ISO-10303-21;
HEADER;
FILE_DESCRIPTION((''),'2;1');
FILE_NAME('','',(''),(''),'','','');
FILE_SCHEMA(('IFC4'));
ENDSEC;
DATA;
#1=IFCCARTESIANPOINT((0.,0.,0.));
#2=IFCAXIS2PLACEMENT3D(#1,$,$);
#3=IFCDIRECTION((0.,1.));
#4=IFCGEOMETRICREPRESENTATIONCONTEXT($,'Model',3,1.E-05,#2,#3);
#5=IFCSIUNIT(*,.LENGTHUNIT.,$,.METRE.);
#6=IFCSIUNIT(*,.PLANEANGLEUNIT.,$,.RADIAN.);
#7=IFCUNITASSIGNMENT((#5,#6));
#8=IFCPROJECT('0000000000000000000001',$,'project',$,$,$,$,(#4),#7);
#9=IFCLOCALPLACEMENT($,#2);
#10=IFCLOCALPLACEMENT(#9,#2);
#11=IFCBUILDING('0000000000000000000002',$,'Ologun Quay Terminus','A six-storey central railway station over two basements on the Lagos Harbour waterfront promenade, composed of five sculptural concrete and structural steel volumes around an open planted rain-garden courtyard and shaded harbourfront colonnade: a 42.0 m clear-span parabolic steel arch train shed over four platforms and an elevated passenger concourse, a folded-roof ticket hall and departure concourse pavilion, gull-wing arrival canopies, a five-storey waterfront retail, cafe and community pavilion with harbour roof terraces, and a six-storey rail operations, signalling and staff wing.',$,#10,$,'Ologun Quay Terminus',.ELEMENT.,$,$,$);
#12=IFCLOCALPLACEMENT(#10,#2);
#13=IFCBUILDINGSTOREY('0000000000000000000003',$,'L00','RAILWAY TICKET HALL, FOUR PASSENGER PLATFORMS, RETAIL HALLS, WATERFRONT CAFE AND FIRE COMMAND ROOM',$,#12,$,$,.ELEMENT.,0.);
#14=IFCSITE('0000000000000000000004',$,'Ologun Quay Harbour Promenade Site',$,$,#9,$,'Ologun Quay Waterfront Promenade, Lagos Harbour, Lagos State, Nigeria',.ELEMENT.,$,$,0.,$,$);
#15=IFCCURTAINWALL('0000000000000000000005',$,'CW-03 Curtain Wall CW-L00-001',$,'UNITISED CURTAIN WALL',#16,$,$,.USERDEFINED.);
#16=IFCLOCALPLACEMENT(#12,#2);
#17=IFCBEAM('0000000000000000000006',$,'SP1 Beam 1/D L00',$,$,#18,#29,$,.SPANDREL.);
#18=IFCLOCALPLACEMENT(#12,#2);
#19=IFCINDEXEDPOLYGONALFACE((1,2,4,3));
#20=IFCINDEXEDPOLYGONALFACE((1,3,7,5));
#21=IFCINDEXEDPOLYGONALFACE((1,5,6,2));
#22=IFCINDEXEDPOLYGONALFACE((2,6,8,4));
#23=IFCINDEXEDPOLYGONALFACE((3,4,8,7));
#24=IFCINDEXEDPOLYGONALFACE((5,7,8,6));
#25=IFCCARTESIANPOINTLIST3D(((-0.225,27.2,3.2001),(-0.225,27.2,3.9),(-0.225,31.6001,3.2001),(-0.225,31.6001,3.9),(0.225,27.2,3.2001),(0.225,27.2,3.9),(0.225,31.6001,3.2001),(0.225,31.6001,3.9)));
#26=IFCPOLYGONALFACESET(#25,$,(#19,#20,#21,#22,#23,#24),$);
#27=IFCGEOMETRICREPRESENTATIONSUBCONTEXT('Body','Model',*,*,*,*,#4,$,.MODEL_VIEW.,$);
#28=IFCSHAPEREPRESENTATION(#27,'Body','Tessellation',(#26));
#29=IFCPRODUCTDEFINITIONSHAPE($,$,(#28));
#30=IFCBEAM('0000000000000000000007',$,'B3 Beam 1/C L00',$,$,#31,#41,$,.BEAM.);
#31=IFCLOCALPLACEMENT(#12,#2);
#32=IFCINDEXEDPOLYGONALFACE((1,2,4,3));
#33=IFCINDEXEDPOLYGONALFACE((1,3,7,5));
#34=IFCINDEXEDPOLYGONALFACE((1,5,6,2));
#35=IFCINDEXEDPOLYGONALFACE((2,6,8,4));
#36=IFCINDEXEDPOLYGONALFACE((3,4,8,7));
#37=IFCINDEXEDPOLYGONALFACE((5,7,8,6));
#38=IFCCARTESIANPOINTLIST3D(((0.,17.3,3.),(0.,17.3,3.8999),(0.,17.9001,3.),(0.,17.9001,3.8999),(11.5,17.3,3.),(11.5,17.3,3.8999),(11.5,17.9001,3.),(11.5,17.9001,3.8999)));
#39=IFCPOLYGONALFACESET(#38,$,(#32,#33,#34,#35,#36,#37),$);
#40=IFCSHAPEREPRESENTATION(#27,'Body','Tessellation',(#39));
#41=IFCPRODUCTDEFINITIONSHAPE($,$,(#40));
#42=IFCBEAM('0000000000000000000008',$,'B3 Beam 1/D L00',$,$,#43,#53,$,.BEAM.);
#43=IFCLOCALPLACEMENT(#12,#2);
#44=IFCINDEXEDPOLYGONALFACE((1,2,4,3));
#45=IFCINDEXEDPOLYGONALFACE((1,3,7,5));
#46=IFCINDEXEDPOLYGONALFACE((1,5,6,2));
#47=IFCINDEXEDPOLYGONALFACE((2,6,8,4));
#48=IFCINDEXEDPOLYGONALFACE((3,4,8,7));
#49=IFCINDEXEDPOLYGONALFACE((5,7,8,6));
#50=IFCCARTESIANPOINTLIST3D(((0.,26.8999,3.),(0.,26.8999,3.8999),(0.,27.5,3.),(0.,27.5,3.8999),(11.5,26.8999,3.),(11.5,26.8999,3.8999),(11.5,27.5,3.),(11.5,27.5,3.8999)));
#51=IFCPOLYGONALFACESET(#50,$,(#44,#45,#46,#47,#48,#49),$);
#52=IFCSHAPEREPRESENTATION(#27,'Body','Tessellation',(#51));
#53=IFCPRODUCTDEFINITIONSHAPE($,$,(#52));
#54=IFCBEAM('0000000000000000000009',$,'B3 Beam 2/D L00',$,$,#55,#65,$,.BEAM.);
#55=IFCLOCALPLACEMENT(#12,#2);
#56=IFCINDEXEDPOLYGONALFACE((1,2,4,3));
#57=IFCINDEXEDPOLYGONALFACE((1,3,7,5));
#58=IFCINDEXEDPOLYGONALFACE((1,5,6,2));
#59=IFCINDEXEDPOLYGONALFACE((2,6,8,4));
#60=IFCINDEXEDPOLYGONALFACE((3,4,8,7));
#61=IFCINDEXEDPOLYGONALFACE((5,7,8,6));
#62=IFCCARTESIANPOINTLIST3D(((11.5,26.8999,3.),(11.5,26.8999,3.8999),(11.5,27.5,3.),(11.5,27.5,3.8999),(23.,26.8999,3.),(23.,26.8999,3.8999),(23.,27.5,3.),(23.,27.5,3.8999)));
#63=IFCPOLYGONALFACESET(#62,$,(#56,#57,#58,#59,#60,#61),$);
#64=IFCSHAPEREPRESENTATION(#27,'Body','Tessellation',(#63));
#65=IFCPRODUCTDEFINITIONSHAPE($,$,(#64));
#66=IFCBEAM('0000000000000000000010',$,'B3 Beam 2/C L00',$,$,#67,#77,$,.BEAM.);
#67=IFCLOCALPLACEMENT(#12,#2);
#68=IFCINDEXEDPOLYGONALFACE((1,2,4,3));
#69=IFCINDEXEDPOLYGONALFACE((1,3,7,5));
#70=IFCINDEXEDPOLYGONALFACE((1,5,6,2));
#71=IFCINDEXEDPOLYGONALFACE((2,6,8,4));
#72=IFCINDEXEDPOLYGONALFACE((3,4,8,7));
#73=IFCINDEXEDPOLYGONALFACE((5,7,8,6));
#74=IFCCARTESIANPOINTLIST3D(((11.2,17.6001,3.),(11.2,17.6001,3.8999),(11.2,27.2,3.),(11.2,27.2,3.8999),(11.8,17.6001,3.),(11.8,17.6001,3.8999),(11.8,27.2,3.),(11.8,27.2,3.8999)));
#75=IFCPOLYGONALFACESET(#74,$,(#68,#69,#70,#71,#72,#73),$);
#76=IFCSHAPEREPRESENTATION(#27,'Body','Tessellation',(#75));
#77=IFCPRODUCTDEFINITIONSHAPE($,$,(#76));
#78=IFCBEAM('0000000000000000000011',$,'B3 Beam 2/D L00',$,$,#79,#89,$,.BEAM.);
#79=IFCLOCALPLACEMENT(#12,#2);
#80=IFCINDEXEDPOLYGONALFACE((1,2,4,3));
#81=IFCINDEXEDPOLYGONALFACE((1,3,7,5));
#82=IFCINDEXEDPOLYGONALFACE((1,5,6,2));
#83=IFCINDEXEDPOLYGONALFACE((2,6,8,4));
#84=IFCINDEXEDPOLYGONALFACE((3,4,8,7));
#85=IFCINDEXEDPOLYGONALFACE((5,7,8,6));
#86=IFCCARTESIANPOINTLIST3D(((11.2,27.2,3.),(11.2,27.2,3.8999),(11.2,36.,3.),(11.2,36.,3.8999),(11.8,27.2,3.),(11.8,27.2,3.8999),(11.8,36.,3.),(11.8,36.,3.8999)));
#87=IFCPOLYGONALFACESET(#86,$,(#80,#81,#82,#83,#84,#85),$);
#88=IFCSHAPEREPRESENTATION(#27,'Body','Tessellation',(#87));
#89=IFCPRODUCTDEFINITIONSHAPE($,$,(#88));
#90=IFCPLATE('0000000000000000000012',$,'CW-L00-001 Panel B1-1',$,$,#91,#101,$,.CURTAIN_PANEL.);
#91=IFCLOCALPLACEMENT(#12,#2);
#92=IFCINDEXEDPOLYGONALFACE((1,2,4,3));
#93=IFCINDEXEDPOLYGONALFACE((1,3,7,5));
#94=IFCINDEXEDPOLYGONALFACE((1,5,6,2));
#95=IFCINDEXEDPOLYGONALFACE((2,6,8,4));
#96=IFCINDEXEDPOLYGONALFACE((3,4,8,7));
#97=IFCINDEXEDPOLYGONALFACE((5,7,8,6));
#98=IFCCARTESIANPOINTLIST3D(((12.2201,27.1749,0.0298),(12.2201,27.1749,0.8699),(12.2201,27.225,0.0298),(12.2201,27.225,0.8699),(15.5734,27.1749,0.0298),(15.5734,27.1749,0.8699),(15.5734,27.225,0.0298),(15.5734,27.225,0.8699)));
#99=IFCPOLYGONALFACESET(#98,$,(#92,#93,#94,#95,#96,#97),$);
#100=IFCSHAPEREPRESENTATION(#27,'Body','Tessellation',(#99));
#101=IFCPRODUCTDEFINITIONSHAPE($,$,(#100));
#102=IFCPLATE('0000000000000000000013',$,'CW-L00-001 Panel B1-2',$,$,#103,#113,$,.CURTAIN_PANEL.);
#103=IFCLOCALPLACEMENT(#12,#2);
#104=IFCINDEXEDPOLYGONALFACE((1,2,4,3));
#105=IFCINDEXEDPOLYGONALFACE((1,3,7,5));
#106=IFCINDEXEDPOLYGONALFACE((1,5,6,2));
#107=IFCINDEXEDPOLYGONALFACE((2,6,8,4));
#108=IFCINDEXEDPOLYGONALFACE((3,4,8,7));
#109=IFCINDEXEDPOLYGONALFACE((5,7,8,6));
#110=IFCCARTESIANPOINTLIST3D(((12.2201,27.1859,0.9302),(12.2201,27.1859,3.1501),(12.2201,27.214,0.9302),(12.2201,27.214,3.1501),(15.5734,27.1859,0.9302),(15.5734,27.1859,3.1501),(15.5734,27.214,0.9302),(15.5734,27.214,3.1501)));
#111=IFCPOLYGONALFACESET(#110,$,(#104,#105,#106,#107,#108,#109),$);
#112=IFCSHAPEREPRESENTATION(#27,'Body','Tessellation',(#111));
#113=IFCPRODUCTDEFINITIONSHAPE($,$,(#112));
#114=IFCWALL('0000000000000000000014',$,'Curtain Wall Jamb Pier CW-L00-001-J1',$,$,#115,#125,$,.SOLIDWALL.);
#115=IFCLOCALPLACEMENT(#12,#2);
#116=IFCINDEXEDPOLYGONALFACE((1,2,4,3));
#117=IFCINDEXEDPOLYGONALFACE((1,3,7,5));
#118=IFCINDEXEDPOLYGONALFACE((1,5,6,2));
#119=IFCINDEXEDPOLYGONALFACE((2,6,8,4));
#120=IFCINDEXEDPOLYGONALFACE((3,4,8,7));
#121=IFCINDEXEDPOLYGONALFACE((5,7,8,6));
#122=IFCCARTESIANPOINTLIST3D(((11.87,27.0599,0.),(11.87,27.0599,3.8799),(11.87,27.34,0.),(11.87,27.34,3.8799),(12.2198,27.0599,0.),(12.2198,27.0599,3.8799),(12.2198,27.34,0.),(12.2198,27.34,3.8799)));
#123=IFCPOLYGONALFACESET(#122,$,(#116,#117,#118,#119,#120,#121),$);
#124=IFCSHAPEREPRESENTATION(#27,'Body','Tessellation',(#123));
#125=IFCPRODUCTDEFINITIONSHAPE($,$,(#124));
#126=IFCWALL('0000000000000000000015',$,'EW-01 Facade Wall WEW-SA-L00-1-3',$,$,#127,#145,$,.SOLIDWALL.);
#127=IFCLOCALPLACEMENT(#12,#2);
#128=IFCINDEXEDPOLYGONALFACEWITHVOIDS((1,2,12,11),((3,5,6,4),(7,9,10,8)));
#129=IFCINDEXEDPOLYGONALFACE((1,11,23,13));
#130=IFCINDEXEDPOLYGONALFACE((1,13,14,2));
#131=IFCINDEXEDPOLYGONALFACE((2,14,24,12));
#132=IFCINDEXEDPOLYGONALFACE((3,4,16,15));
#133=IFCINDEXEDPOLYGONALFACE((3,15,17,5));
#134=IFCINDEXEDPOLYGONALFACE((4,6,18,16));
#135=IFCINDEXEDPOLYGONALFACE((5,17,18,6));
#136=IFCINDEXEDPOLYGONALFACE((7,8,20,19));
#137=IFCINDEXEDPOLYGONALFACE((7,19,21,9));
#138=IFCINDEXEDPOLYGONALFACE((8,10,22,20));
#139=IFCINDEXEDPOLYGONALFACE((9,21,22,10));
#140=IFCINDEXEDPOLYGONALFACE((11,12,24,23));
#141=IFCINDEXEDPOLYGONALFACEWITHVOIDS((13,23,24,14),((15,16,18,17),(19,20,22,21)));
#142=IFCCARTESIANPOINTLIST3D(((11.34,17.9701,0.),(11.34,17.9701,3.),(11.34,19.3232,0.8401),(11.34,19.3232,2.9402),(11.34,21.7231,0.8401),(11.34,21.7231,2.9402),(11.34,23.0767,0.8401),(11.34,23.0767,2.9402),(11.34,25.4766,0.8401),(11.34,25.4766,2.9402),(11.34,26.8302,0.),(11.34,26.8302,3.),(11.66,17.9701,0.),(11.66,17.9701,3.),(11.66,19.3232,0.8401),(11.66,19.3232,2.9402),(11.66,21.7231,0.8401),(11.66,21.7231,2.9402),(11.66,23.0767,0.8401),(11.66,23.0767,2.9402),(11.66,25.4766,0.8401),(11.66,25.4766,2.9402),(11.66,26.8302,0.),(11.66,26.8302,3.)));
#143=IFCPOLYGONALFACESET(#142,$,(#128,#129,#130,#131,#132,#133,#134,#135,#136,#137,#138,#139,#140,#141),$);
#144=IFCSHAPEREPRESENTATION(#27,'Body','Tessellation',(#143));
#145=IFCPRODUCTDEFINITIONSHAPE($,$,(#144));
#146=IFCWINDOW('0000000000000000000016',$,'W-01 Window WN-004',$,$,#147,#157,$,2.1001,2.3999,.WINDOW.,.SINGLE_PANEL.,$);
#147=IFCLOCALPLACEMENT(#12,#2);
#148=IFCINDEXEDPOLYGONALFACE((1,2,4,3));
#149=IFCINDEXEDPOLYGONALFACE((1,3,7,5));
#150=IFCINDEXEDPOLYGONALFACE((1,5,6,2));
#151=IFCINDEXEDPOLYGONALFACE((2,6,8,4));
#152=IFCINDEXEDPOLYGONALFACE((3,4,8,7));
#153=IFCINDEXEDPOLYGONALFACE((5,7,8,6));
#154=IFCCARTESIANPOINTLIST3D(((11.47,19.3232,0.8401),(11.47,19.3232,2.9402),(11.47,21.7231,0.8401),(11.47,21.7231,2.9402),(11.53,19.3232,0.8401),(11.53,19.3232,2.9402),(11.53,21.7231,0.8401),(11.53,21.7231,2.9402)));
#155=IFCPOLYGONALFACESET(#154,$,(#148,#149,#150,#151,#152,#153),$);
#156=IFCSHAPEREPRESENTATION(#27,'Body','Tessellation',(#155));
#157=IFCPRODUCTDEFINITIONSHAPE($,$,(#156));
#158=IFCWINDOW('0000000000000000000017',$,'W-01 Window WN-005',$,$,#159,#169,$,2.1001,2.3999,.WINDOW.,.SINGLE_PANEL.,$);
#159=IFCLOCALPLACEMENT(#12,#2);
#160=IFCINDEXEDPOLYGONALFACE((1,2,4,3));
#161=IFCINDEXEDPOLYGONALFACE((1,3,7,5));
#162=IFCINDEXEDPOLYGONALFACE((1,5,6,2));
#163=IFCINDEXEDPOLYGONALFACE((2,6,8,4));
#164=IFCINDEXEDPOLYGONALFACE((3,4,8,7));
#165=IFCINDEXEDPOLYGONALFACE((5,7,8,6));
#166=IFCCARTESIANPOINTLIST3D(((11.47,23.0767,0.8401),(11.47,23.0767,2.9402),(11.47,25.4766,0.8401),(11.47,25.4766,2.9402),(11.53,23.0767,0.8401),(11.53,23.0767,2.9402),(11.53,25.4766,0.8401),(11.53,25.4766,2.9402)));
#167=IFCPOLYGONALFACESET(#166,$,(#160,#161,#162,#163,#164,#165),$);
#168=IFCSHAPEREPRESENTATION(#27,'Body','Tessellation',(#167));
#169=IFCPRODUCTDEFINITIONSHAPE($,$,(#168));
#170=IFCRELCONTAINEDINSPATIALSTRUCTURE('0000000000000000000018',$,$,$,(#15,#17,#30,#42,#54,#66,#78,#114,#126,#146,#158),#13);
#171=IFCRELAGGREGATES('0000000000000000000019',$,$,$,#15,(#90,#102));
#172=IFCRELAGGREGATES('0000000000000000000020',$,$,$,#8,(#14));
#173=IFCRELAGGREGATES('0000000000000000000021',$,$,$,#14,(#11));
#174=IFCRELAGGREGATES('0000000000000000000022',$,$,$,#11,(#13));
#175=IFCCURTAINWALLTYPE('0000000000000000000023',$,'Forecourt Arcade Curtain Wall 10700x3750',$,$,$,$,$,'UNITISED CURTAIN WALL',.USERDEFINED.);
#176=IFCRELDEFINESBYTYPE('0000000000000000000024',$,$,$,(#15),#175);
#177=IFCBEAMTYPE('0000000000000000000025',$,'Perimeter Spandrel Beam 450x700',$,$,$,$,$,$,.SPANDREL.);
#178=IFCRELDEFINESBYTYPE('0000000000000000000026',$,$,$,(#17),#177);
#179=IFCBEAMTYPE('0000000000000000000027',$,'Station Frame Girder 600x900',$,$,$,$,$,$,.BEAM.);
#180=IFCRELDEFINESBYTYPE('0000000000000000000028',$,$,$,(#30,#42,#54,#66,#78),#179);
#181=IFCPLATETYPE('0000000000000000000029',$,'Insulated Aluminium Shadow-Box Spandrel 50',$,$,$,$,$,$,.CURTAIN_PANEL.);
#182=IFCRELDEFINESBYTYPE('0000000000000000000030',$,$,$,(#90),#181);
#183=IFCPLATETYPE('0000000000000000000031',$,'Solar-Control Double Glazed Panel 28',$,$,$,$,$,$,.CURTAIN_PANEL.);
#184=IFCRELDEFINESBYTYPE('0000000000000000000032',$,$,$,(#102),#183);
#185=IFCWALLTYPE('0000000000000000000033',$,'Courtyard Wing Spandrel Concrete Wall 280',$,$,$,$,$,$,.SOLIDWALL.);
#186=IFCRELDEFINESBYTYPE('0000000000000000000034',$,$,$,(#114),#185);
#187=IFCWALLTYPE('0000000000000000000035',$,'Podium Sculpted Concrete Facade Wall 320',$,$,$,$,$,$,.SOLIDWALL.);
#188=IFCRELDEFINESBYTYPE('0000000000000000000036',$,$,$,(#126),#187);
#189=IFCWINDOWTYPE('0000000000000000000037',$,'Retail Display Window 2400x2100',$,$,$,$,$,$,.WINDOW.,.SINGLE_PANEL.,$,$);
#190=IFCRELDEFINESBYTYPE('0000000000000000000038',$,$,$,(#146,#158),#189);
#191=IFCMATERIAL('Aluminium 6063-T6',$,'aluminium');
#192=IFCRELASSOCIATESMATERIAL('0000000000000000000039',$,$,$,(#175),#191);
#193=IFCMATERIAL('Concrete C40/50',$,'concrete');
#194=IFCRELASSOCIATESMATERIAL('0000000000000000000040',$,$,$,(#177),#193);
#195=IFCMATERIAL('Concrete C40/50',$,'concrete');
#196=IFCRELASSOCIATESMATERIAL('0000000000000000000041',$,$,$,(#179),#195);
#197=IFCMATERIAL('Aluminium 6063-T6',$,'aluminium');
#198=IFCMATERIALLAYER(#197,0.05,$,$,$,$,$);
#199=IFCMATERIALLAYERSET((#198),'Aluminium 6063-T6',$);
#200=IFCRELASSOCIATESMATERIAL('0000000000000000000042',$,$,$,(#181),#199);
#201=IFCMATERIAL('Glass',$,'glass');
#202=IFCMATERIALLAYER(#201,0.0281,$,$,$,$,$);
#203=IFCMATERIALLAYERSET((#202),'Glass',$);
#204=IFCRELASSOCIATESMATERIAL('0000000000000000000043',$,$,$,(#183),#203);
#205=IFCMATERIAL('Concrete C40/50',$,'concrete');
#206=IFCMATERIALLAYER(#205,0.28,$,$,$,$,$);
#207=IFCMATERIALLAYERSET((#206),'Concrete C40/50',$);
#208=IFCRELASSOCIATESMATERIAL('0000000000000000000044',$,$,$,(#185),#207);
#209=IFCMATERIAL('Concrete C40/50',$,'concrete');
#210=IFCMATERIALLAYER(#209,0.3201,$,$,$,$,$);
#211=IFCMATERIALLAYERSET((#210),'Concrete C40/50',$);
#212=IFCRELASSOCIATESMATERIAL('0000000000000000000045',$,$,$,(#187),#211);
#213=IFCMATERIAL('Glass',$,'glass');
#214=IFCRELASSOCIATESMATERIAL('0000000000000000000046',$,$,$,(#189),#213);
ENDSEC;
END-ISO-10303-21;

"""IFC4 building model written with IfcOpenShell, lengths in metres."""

from ifc_helpers import new_model, si_unit, direction, frame, frame_2d, origin, origin_2d, place, context, subcontext, project, spatial, rectangle, extrude, material, layer, layer_set, material_profile, profile_set, type_object, element, fill, aggregate, save


model = new_model("IFC4")

# Units and contexts
model_context = context("Model", 3, precision=1e-05, world=origin(), true_north=direction((0.0, 1.0)))
body_context = subcontext(model_context, "Body", "Model", "MODEL_VIEW")
ifc_project = project(units=[si_unit("LENGTHUNIT", "METRE"), si_unit("PLANEANGLEUNIT", "RADIAN")], contexts=[model_context])

# Site, building, storey
site_placement = place(None, origin())
site = spatial("IfcSite", under=ifc_project, at=site_placement, Name="Ologun Quay Harbour Promenade Site", LongName="Ologun Quay Waterfront Promenade, Lagos Harbour, Lagos State, Nigeria", CompositionType="ELEMENT", RefElevation=0.0)
building_placement = place(site_placement, origin())
building = spatial("IfcBuilding", under=site, at=building_placement, Name="Ologun Quay Terminus", Description="A six-storey central railway station over two basements on the Lagos Harbour waterfront promenade, composed of five sculptural concrete and structural steel volumes around an open planted rain-garden courtyard and shaded harbourfront colonnade: a 42.0 m clear-span parabolic steel arch train shed over four platforms and an elevated passenger concourse, a folded-roof ticket hall and departure concourse pavilion, gull-wing arrival canopies, a five-storey waterfront retail, cafe and community pavilion with harbour roof terraces, and a six-storey rail operations, signalling and staff wing.", LongName="Ologun Quay Terminus", CompositionType="ELEMENT")
storey_placement = place(building_placement, origin())
storey = spatial("IfcBuildingStorey", under=building, at=storey_placement, Name="L00", Description="RAILWAY TICKET HALL, FOUR PASSENGER PLATFORMS, RETAIL HALLS, WATERFRONT CAFE AND FIRE COMMAND ROOM", CompositionType="ELEMENT", Elevation=0.0)

# Curtain wall
ifc_material_1 = material(Name="Aluminium 6063-T6", Category="aluminium")
curtain_wall_type = type_object("IfcCurtainWallType", Name="Forecourt Arcade Curtain Wall 10700x3750", ElementType="UNITISED CURTAIN WALL", PredefinedType="USERDEFINED", material=ifc_material_1)
curtain_wall_placement = place(storey_placement, origin())
curtain_wall = element("IfcCurtainWall", 1, at=curtain_wall_placement, inside=storey, type_object=curtain_wall_type, Name="CW-03 Curtain Wall CW-L00-001", ObjectType="UNITISED CURTAIN WALL", PredefinedType="USERDEFINED")

# Beams
ifc_material_2 = material(Name="Concrete C40/50", Category="concrete")
ifc_material_profile_1 = material_profile(ifc_material_2, rectangle(XDim=0.45, YDim=0.7, at=origin_2d()), Name="RC 450x700")
ifc_profile_set_1 = profile_set([ifc_material_profile_1], Name="Concrete C40/50")
beam_type_1 = type_object("IfcBeamType", Name="Perimeter Spandrel Beam 450x700", PredefinedType="SPANDREL", material=ifc_profile_set_1)
beam_1_placement = place(storey_placement, frame((0.0, 27.2, 3.55), z_axis=(0.0, 1.0, 0.0), x_axis=(-1.0, 0.0, 0.0)))
element("IfcBeam", 2, at=beam_1_placement, inside=storey, type_object=beam_type_1, Name="SP1 Beam 1/D L00", PredefinedType="SPANDREL", context=body_context, shape_type="SweptSolid", body=[
    extrude(rectangle(XDim=0.45, YDim=0.7, at=origin_2d()), origin(), (0.0, 0.0, 1.0), 4.4001),
])
ifc_material_3 = material(Name="Concrete C40/50", Category="concrete")
ifc_material_profile_2 = material_profile(ifc_material_3, rectangle(XDim=0.6001, YDim=0.8999, at=origin_2d()), Name="RC 600x900")
ifc_profile_set_2 = profile_set([ifc_material_profile_2], Name="Concrete C40/50")
beam_type_2 = type_object("IfcBeamType", Name="Station Frame Girder 600x900", PredefinedType="BEAM", material=ifc_profile_set_2)
for number, where, z_axis, x_axis, name in (
    (3, (0.0, 17.6001, 3.45), (1.0, 0.0, 0.0), (0.0, 1.0, 0.0), "B3 Beam 1/C L00"),
    (4, (0.0, 27.2, 3.45), (1.0, 0.0, 0.0), (0.0, 1.0, 0.0), "B3 Beam 1/D L00"),
    (5, (11.5, 27.2, 3.45), (1.0, 0.0, 0.0), (0.0, 1.0, 0.0), "B3 Beam 2/D L00"),
):
    element("IfcBeam", number, at=place(storey_placement, frame(where, z_axis=z_axis, x_axis=x_axis)), inside=storey, type_object=beam_type_2, Name=name, PredefinedType="BEAM", context=body_context, shape_type="SweptSolid", body=[
        extrude(rectangle(XDim=0.6001, YDim=0.8999, at=origin_2d()), origin(), (0.0, 0.0, 1.0), 11.5),
    ])
beam_2_placement = place(storey_placement, frame((11.5, 17.6001, 3.45), z_axis=(0.0, 1.0, 0.0), x_axis=(-1.0, 0.0, 0.0)))
element("IfcBeam", 6, at=beam_2_placement, inside=storey, type_object=beam_type_2, Name="B3 Beam 2/C L00", PredefinedType="BEAM", context=body_context, shape_type="SweptSolid", body=[
    extrude(rectangle(XDim=0.6001, YDim=0.8999, at=origin_2d()), origin(), (0.0, 0.0, 1.0), 9.5999),
])
beam_3_placement = place(storey_placement, frame((11.5, 27.2, 3.45), z_axis=(0.0, 1.0, 0.0), x_axis=(-1.0, 0.0, 0.0)))
element("IfcBeam", 7, at=beam_3_placement, inside=storey, type_object=beam_type_2, Name="B3 Beam 2/D L00", PredefinedType="BEAM", context=body_context, shape_type="SweptSolid", body=[
    extrude(rectangle(XDim=0.6001, YDim=0.8999, at=origin_2d()), origin(), (0.0, 0.0, 1.0), 8.8),
])

# Plates
ifc_material_4 = material(Name="Aluminium 6063-T6", Category="aluminium")
ifc_layer_1 = layer(ifc_material_4, 0.05)
ifc_layer_set_1 = layer_set([ifc_layer_1], Name="Aluminium 6063-T6")
plate_type_1 = type_object("IfcPlateType", Name="Insulated Aluminium Shadow-Box Spandrel 50", PredefinedType="CURTAIN_PANEL", material=ifc_layer_set_1)
plate_1_placement = place(storey_placement, frame((13.8967, 27.2, 0.0298), z_axis=(0.0, 0.0, 1.0), x_axis=(1.0, 0.0, 0.0)))
plate_1 = element("IfcPlate", 8, at=plate_1_placement, type_object=plate_type_1, Name="CW-L00-001 Panel B1-1", PredefinedType="CURTAIN_PANEL", context=body_context, shape_type="SweptSolid", body=[
    extrude(rectangle(XDim=3.3533, YDim=0.05, at=origin_2d()), origin(), (0.0, 0.0, 1.0), 0.8401),
])
ifc_material_5 = material(Name="Glass", Category="glass")
ifc_layer_2 = layer(ifc_material_5, 0.0281)
ifc_layer_set_2 = layer_set([ifc_layer_2], Name="Glass")
plate_type_2 = type_object("IfcPlateType", Name="Solar-Control Double Glazed Panel 28", PredefinedType="CURTAIN_PANEL", material=ifc_layer_set_2)
plate_2_placement = place(storey_placement, frame((13.8967, 27.2, 0.9302), z_axis=(0.0, 0.0, 1.0), x_axis=(1.0, 0.0, 0.0)))
plate_2 = element("IfcPlate", 9, at=plate_2_placement, type_object=plate_type_2, Name="CW-L00-001 Panel B1-2", PredefinedType="CURTAIN_PANEL", context=body_context, shape_type="SweptSolid", body=[
    extrude(rectangle(XDim=3.3533, YDim=0.0281, at=origin_2d()), origin(), (0.0, 0.0, 1.0), 2.22),
])
aggregate(curtain_wall, [plate_1, plate_2])

# Wall
ifc_material_6 = material(Name="Concrete C40/50", Category="concrete")
ifc_layer_3 = layer(ifc_material_6, 0.28)
ifc_layer_set_3 = layer_set([ifc_layer_3], Name="Concrete C40/50")
wall_type_1 = type_object("IfcWallType", Name="Courtyard Wing Spandrel Concrete Wall 280", PredefinedType="SOLIDWALL", material=ifc_layer_set_3)
wall_1_placement = place(storey_placement, frame((11.8701, 27.2, 0.0), z_axis=(0.0, 0.0, 1.0), x_axis=(1.0, 0.0, 0.0)))
element("IfcWall", 10, at=wall_1_placement, inside=storey, type_object=wall_type_1, Name="Curtain Wall Jamb Pier CW-L00-001-J1", PredefinedType="SOLIDWALL", context=body_context, shape_type="SweptSolid", body=[
    extrude(rectangle(XDim=0.3499, YDim=0.28, at=frame_2d((0.1748, 0.0))), origin(), (0.0, 0.0, 1.0), 3.8799),
])

# Wall, openings, windows
ifc_material_7 = material(Name="Concrete C40/50", Category="concrete")
ifc_layer_4 = layer(ifc_material_7, 0.3201)
ifc_layer_set_4 = layer_set([ifc_layer_4], Name="Concrete C40/50")
wall_type_2 = type_object("IfcWallType", Name="Podium Sculpted Concrete Facade Wall 320", PredefinedType="SOLIDWALL", material=ifc_layer_set_4)
wall_2_placement = place(storey_placement, frame((11.5, 17.97, 0.0), z_axis=(0.0, 0.0, 1.0), x_axis=(0.0, 1.0, 0.0)))
wall_2 = element("IfcWall", 11, at=wall_2_placement, inside=storey, type_object=wall_type_2, Name="EW-01 Facade Wall WEW-SA-L00-1-3", PredefinedType="SOLIDWALL", context=body_context, shape_type="SweptSolid", body=[
    extrude(rectangle(XDim=8.8601, YDim=0.3201, at=frame_2d((4.4302, 0.0))), origin(), (0.0, 0.0, 1.0), 3.0),
])
opening_1_placement = place(wall_2_placement, frame((1.3533, 0.0, 0.8401)))
opening_1 = element("IfcOpeningElement", 12, at=opening_1_placement, cuts=wall_2, PredefinedType="OPENING", context=body_context, shape_type="SweptSolid", body=[
    extrude(rectangle(XDim=2.3999, YDim=2.1001, at=frame_2d((1.2, 1.05))), frame((0.0, 0.1699, 0.0), z_axis=(0.0, -1.0, 0.0), x_axis=(1.0, 0.0, 0.0)), (0.0, 0.0, 1.0), 0.3401),
])
opening_2_placement = place(wall_2_placement, frame((5.1067, 0.0, 0.8401)))
opening_2 = element("IfcOpeningElement", 13, at=opening_2_placement, cuts=wall_2, PredefinedType="OPENING", context=body_context, shape_type="SweptSolid", body=[
    extrude(rectangle(XDim=2.3999, YDim=2.1001, at=frame_2d((1.2, 1.05))), frame((0.0, 0.1699, 0.0), z_axis=(0.0, -1.0, 0.0), x_axis=(1.0, 0.0, 0.0)), (0.0, 0.0, 1.0), 0.3401),
])
ifc_material_8 = material(Name="Glass", Category="glass")
window_type = type_object("IfcWindowType", Name="Retail Display Window 2400x2100", PartitioningType="SINGLE_PANEL", PredefinedType="WINDOW", material=ifc_material_8)
window_1_placement = place(opening_1_placement, origin())
window_1 = element("IfcWindow", 14, at=window_1_placement, inside=storey, type_object=window_type, Name="W-01 Window WN-004", OverallHeight=2.1001, OverallWidth=2.3999, PartitioningType="SINGLE_PANEL", PredefinedType="WINDOW", context=body_context, shape_type="SweptSolid", body=[
    extrude(rectangle(XDim=2.3999, YDim=2.1001, at=frame_2d((1.2, 1.05))), frame((0.0, 0.03, 0.0), z_axis=(0.0, -1.0, 0.0), x_axis=(1.0, 0.0, 0.0)), (0.0, 0.0, 1.0), 0.0601),
])
fill(opening_1, window_1)
window_2_placement = place(opening_2_placement, origin())
window_2 = element("IfcWindow", 15, at=window_2_placement, inside=storey, type_object=window_type, Name="W-01 Window WN-005", OverallHeight=2.1001, OverallWidth=2.3999, PartitioningType="SINGLE_PANEL", PredefinedType="WINDOW", context=body_context, shape_type="SweptSolid", body=[
    extrude(rectangle(XDim=2.3999, YDim=2.1001, at=frame_2d((1.2, 1.05))), frame((0.0, 0.03, 0.0), z_axis=(0.0, -1.0, 0.0), x_axis=(1.0, 0.0, 0.0)), (0.0, 0.0, 1.0), 0.0601),
])
fill(opening_2, window_2)

save(model, "model.ifc")
